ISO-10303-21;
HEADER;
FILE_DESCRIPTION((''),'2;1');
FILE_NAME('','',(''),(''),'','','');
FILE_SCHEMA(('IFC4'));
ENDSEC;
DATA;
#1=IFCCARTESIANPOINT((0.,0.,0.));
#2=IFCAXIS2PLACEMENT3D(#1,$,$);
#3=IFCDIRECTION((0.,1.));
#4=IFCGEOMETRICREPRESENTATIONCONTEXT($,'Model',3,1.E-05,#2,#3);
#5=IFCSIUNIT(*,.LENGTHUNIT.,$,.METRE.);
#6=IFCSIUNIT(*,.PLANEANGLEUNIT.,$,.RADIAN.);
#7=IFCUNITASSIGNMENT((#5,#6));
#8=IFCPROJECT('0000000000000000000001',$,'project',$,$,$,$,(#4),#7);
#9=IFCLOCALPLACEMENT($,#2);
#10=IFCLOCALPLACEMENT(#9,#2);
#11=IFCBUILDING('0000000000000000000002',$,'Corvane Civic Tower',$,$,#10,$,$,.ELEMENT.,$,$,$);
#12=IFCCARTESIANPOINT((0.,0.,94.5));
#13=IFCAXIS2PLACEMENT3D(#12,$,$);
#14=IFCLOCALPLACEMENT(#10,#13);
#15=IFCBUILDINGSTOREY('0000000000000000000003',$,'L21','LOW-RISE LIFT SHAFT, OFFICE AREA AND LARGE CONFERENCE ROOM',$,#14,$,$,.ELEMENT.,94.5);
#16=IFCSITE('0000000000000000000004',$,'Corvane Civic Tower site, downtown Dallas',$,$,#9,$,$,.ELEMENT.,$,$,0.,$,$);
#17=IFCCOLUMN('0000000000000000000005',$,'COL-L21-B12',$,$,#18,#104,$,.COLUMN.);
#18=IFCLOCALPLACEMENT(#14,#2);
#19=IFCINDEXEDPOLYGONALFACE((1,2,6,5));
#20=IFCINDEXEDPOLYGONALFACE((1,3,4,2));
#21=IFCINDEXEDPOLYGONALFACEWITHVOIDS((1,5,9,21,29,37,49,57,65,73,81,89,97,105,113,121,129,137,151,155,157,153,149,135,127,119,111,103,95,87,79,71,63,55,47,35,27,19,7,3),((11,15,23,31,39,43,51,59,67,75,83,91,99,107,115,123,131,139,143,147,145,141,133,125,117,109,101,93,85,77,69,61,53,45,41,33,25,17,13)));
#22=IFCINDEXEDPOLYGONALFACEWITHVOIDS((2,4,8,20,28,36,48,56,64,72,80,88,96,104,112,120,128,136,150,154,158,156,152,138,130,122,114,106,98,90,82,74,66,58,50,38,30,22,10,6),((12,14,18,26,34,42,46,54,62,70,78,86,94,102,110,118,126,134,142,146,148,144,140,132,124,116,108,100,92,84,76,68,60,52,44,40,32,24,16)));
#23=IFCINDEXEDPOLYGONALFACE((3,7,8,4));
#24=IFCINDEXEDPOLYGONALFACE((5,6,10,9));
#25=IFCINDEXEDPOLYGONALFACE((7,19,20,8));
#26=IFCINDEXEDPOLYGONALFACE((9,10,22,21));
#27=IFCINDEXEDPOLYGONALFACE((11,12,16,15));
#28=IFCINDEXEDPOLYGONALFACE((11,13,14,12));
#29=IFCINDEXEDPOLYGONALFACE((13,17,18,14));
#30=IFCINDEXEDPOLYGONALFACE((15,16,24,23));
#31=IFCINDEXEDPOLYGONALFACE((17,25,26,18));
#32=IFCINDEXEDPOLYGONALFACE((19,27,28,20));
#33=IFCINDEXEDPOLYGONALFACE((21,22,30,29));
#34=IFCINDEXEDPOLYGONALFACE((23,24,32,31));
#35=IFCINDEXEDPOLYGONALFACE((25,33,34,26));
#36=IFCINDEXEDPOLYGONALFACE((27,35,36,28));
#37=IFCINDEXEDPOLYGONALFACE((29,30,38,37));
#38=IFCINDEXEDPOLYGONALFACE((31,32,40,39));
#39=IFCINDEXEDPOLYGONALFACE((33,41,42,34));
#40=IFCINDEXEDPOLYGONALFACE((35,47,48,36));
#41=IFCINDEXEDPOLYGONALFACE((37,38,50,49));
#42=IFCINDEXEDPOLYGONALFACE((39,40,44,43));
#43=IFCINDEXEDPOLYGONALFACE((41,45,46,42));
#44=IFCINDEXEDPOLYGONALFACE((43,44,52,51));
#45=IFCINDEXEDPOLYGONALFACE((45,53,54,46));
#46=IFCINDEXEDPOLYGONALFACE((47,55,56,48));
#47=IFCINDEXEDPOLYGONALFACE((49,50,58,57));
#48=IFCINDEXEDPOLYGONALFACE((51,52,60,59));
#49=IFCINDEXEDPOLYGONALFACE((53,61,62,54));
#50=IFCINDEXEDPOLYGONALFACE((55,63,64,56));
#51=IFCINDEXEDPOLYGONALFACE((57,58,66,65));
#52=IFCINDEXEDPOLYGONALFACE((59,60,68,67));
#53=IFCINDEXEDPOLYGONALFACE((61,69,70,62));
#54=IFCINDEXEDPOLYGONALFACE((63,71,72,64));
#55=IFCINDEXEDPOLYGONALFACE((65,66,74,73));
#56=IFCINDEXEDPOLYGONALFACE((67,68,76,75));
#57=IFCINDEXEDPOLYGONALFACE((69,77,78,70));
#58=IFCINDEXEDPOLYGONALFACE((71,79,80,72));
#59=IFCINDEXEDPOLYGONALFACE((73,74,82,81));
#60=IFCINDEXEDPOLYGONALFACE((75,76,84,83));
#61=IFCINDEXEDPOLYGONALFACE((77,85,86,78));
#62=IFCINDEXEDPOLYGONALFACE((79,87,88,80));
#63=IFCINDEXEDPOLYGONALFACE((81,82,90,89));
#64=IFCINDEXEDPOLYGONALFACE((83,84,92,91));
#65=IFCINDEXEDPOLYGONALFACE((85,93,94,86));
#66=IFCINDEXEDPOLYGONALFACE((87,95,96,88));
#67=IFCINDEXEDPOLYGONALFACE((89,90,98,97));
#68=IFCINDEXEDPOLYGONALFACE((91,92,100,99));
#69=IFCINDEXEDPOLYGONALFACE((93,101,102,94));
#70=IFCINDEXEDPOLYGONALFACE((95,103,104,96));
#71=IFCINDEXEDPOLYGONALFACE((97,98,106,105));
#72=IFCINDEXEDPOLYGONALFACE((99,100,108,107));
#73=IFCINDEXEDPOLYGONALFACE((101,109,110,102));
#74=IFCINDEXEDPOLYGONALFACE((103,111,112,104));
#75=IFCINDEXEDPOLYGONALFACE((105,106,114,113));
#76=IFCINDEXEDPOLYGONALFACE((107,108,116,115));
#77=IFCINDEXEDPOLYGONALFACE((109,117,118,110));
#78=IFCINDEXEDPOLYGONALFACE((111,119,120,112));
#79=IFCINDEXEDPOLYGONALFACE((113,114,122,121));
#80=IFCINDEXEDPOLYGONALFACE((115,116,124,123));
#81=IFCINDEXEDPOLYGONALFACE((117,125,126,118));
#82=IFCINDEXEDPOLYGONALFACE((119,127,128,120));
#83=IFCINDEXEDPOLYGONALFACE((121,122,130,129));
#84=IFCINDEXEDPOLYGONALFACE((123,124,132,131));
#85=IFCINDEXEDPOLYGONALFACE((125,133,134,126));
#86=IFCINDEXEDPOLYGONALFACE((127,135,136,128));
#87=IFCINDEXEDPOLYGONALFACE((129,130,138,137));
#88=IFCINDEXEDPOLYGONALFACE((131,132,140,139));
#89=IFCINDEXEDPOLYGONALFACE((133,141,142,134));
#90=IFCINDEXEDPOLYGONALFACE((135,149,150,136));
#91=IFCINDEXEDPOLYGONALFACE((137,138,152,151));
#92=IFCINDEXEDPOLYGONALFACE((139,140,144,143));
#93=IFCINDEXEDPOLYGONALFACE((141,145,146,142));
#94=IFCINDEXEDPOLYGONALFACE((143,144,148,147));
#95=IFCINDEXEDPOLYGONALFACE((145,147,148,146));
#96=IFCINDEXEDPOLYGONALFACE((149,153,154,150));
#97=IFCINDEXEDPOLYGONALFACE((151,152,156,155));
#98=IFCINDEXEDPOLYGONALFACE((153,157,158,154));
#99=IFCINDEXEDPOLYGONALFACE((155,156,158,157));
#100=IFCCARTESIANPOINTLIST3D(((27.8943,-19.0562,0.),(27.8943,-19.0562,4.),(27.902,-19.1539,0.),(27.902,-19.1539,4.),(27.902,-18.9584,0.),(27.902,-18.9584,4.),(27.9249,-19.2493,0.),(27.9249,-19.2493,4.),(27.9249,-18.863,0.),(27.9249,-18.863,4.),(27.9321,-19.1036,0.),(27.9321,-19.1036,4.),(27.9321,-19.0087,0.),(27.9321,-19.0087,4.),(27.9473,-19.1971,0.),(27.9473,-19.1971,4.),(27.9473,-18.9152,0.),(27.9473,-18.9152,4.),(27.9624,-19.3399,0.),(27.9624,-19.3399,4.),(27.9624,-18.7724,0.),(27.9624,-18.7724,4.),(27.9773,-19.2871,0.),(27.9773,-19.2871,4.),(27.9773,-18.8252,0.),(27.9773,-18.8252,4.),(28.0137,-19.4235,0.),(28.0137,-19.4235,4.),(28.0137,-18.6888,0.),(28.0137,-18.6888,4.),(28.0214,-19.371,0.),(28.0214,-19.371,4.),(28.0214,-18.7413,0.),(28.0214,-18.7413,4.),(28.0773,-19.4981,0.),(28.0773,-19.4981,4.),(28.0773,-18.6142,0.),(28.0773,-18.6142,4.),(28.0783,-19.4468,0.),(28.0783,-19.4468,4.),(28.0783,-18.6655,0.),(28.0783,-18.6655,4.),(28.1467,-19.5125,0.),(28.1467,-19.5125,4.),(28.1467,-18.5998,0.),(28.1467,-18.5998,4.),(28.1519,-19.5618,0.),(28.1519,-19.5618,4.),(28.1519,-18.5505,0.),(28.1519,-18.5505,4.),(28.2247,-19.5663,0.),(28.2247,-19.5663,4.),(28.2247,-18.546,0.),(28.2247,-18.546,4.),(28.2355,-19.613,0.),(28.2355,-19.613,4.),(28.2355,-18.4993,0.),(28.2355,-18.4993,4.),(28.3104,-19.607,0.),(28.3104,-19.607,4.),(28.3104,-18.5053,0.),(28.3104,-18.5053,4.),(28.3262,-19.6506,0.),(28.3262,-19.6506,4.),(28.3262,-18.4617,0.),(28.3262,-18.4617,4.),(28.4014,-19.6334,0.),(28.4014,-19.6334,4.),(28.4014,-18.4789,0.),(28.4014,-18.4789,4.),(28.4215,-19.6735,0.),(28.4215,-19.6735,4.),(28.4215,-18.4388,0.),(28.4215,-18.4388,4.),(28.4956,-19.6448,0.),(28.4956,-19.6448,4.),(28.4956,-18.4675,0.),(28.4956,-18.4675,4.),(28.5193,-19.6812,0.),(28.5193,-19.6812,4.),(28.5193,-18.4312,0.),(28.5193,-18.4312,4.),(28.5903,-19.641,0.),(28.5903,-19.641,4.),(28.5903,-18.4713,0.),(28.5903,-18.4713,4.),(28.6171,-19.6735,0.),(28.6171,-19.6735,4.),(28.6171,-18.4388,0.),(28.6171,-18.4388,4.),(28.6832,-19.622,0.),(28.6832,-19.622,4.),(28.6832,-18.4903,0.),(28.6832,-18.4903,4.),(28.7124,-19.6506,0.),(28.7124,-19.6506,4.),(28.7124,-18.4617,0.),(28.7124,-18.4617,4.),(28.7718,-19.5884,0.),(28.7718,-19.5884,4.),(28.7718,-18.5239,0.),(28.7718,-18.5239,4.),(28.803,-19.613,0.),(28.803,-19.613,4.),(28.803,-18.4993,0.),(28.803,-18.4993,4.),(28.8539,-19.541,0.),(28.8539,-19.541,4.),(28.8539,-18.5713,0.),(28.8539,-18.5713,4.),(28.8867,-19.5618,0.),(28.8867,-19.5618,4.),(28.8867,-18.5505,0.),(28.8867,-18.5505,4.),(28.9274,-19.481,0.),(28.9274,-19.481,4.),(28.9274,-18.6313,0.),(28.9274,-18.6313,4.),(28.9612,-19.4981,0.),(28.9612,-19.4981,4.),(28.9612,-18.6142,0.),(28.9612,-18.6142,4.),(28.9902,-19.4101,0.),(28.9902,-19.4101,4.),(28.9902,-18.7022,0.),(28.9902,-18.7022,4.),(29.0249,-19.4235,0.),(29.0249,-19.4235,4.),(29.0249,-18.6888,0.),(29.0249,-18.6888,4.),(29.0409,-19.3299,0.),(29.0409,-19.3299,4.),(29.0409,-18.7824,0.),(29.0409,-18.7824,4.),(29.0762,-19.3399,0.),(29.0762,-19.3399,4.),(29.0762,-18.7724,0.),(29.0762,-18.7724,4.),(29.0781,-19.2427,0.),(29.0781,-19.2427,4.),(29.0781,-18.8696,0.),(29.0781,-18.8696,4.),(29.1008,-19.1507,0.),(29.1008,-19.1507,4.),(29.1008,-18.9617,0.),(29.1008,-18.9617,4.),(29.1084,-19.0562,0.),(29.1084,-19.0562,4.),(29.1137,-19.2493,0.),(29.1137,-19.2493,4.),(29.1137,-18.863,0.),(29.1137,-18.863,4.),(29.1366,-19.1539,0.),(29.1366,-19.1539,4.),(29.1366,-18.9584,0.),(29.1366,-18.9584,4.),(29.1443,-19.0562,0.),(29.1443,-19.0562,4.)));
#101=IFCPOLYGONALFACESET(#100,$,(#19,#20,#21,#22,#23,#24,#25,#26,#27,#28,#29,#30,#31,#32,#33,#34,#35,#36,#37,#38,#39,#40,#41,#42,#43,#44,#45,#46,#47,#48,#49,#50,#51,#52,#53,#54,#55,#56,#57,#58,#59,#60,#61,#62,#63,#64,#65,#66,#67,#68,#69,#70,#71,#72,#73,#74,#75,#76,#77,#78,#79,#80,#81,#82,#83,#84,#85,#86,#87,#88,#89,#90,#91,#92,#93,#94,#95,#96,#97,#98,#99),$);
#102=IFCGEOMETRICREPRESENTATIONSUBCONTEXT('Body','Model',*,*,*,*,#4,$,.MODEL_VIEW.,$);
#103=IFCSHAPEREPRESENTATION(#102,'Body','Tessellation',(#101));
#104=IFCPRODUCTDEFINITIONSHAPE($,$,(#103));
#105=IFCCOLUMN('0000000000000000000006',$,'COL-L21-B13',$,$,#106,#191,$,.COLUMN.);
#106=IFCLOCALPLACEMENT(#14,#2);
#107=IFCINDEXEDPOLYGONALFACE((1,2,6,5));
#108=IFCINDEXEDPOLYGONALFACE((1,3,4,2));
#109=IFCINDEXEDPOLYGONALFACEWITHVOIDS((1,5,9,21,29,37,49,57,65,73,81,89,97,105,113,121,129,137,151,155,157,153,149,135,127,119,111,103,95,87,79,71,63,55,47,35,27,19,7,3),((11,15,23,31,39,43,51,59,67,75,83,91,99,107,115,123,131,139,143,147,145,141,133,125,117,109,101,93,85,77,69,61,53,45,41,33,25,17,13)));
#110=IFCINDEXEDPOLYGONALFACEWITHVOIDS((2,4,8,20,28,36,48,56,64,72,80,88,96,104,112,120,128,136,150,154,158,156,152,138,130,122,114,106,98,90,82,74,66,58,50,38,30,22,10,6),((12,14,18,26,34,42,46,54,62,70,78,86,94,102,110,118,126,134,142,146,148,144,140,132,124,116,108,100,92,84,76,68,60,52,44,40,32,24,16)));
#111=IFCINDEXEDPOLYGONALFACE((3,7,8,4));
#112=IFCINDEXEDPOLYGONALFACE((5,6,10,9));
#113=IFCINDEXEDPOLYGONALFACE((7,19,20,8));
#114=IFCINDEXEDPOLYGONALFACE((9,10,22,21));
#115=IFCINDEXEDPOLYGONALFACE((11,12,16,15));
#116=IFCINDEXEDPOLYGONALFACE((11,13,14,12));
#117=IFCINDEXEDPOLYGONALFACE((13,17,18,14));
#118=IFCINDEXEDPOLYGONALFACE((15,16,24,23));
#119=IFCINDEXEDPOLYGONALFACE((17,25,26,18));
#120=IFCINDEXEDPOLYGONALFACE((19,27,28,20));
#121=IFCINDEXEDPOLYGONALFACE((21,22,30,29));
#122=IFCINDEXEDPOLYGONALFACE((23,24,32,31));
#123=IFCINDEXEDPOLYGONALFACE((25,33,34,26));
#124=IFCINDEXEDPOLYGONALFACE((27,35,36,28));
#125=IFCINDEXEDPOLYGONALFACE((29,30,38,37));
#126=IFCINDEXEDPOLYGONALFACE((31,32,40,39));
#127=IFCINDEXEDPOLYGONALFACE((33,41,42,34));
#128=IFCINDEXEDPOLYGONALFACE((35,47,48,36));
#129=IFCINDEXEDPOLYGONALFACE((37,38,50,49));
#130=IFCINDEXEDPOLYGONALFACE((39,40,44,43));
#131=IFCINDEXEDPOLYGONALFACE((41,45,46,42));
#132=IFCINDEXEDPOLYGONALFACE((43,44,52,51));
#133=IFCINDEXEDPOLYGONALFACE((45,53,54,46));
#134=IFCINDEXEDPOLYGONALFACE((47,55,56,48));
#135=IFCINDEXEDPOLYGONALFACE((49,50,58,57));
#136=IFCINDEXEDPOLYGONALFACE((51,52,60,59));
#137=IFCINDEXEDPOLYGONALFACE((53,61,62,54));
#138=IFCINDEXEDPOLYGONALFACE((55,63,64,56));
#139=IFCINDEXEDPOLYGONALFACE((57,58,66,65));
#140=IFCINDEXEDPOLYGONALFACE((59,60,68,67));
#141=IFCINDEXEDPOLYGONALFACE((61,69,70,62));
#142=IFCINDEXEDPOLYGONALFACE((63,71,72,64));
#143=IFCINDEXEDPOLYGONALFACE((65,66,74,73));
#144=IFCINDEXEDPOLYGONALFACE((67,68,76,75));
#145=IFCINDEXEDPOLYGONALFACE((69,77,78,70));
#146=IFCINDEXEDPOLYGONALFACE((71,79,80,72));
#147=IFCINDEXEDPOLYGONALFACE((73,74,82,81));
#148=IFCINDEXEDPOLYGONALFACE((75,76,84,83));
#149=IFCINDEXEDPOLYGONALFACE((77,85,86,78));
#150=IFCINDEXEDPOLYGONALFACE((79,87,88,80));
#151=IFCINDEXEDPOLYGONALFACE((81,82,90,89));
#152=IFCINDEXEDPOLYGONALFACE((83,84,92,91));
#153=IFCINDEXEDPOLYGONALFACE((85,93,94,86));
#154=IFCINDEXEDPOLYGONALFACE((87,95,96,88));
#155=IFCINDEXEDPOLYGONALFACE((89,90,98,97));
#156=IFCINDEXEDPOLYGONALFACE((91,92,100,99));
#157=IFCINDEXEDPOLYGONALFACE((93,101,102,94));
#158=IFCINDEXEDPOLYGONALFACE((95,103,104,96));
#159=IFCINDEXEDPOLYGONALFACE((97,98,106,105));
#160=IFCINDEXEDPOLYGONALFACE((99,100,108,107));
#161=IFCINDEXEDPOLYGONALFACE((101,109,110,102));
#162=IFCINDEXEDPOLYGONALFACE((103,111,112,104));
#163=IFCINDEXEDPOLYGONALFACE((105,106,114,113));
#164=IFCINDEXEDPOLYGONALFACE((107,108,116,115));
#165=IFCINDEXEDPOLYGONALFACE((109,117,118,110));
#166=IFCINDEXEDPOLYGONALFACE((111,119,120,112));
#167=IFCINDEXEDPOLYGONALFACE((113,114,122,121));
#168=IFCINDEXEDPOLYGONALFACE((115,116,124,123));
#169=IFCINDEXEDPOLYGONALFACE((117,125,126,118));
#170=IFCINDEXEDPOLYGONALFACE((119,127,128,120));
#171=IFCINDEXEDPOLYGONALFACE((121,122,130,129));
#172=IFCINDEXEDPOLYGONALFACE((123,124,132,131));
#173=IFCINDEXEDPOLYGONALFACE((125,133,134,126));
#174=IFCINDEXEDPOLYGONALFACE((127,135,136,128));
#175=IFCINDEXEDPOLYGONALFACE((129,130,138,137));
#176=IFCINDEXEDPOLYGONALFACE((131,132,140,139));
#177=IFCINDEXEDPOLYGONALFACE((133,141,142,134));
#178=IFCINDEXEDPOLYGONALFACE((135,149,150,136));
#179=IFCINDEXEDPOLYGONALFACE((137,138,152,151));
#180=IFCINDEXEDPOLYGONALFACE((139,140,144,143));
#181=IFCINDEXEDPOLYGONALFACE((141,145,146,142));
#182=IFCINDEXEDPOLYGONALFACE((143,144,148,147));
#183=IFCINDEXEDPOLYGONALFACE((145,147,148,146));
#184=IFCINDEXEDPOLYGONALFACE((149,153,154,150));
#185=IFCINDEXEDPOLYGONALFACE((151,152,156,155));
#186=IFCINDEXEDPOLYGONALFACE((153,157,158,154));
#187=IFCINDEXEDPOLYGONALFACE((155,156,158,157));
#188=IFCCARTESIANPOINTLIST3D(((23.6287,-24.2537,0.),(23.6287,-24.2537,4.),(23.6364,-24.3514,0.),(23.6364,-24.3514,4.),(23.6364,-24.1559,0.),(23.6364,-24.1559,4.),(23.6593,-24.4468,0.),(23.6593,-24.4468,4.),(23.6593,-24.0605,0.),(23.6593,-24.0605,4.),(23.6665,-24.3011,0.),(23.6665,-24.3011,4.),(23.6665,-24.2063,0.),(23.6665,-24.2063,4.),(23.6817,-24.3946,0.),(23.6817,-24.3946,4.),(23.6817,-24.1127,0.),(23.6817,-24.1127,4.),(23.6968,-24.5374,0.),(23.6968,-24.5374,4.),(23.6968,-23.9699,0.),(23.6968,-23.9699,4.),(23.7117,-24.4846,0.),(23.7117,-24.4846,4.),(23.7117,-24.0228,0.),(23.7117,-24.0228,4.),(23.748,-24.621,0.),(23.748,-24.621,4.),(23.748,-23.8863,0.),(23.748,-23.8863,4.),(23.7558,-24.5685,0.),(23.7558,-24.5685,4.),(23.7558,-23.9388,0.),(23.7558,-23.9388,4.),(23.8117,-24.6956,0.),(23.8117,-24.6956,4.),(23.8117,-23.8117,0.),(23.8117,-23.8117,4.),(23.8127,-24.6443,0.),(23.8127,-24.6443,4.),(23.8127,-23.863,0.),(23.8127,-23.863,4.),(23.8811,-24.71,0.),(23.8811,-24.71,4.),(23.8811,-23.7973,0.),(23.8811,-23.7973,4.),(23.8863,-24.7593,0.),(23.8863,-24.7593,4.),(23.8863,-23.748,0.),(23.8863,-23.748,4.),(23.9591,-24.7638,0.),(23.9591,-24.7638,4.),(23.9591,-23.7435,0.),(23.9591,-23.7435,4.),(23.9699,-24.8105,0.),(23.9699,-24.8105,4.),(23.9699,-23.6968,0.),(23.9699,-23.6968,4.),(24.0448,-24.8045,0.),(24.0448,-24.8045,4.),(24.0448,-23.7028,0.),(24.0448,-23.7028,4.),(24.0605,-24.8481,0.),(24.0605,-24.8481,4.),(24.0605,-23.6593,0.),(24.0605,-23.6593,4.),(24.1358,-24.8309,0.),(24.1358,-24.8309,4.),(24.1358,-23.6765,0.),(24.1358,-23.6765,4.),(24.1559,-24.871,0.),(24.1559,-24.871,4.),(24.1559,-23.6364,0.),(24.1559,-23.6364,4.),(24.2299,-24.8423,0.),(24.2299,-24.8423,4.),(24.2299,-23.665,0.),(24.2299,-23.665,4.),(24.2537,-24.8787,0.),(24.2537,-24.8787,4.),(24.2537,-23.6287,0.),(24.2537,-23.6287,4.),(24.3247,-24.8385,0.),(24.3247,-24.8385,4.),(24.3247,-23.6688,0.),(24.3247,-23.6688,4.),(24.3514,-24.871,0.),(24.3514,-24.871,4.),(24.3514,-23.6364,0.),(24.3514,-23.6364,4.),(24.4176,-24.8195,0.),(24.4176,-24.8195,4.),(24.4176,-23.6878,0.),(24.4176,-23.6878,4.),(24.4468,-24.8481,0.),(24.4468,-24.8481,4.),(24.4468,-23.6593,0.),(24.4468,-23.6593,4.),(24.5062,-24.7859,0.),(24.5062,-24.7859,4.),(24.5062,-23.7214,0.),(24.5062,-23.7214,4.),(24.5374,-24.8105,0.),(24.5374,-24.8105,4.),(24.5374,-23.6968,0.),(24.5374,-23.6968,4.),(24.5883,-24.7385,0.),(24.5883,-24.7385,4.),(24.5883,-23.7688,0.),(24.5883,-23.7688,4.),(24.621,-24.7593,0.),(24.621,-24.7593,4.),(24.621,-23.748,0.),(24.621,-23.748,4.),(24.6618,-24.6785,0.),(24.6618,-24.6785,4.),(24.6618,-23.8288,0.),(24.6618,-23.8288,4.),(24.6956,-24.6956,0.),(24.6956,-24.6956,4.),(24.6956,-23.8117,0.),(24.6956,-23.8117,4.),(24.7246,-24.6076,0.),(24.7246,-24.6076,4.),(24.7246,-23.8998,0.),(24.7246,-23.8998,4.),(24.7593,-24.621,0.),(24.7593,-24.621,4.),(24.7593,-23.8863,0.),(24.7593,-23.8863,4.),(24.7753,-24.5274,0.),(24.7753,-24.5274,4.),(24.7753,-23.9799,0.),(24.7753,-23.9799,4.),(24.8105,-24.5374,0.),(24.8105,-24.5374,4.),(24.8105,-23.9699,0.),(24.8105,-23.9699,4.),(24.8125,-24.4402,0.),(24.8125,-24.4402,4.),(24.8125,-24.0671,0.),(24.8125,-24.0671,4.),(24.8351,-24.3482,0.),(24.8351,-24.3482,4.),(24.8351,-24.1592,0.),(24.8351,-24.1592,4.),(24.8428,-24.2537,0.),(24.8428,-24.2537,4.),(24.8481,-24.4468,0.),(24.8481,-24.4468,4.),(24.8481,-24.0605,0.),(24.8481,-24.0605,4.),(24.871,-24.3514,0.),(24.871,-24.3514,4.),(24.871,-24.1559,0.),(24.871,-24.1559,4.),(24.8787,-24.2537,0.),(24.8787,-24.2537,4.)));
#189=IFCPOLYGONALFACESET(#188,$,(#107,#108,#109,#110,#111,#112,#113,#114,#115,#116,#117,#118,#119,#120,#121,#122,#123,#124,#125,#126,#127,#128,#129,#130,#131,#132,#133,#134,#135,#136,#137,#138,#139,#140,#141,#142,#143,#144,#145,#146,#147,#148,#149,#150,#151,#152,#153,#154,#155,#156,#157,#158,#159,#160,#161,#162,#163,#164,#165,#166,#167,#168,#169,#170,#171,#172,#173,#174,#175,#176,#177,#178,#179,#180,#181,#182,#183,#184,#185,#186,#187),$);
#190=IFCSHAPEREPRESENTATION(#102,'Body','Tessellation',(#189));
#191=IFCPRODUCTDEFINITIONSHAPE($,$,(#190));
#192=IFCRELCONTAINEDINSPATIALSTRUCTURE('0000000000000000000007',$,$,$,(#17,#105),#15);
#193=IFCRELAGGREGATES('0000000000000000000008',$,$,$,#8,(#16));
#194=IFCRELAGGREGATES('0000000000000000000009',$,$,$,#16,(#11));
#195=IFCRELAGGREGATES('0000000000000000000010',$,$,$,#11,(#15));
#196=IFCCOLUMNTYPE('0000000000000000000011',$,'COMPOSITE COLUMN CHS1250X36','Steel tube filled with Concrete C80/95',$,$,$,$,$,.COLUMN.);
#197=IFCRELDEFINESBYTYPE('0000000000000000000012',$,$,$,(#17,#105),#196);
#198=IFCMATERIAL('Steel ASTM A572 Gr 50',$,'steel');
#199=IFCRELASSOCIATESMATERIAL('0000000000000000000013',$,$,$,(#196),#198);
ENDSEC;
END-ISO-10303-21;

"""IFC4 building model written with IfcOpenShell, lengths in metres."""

from ifc_helpers import new_model, si_unit, direction, frame, origin, origin_2d, place, context, subcontext, project, spatial, hollow_circle, extrude, material, material_profile, profile_set, type_object, element, save


model = new_model("IFC4")

# Units and contexts
model_context = context("Model", 3, precision=1e-05, world=origin(), true_north=direction((0.0, 1.0)))
body_context = subcontext(model_context, "Body", "Model", "MODEL_VIEW")
ifc_project = project(units=[si_unit("LENGTHUNIT", "METRE"), si_unit("PLANEANGLEUNIT", "RADIAN")], contexts=[model_context])

# Site, building, storey
site_placement = place(None, origin())
site = spatial("IfcSite", under=ifc_project, at=site_placement, Name="Corvane Civic Tower site, downtown Dallas", CompositionType="ELEMENT", RefElevation=0.0)
building_placement = place(site_placement, origin())
building = spatial("IfcBuilding", under=site, at=building_placement, Name="Corvane Civic Tower", CompositionType="ELEMENT")
storey_placement = place(building_placement, frame((0.0, 0.0, 94.5)))
storey = spatial("IfcBuildingStorey", under=building, at=storey_placement, Name="L21", Description="LOW-RISE LIFT SHAFT, OFFICE AREA AND LARGE CONFERENCE ROOM", CompositionType="ELEMENT", Elevation=94.5)

# Columns
ifc_material_1 = material(Name="Steel ASTM A572 Gr 50", Category="steel")
ifc_material_profile_1 = material_profile(ifc_material_1, hollow_circle(Radius=0.625, WallThickness=0.0359, at=origin_2d()), Name="CHS1250X36")
ifc_profile_set_1 = profile_set([ifc_material_profile_1], Name="Steel ASTM A572 Gr 50")
column_type = type_object("IfcColumnType", Name="COMPOSITE COLUMN CHS1250X36", Description="Steel tube filled with Concrete C80/95", PredefinedType="COLUMN", material=ifc_profile_set_1)
for number, where, z_axis, x_axis, name in (
    (1, (28.5193, -19.0562, 0.0), (0.0, 0.0, 1.0), (1.0, 0.0, 0.0), "COL-L21-B12"),
    (2, (24.2537, -24.2537, 0.0), (0.0, 0.0, 1.0), (1.0, 0.0, 0.0), "COL-L21-B13"),
):
    element("IfcColumn", number, at=place(storey_placement, frame(where, z_axis=z_axis, x_axis=x_axis)), inside=storey, type_object=column_type, Name=name, PredefinedType="COLUMN", context=body_context, shape_type="SweptSolid", body=[
        extrude(hollow_circle(Radius=0.625, WallThickness=0.0359, at=origin_2d()), origin(), (0.0, 0.0, 1.0), 4.0),
    ])

save(model, "model.ifc")
